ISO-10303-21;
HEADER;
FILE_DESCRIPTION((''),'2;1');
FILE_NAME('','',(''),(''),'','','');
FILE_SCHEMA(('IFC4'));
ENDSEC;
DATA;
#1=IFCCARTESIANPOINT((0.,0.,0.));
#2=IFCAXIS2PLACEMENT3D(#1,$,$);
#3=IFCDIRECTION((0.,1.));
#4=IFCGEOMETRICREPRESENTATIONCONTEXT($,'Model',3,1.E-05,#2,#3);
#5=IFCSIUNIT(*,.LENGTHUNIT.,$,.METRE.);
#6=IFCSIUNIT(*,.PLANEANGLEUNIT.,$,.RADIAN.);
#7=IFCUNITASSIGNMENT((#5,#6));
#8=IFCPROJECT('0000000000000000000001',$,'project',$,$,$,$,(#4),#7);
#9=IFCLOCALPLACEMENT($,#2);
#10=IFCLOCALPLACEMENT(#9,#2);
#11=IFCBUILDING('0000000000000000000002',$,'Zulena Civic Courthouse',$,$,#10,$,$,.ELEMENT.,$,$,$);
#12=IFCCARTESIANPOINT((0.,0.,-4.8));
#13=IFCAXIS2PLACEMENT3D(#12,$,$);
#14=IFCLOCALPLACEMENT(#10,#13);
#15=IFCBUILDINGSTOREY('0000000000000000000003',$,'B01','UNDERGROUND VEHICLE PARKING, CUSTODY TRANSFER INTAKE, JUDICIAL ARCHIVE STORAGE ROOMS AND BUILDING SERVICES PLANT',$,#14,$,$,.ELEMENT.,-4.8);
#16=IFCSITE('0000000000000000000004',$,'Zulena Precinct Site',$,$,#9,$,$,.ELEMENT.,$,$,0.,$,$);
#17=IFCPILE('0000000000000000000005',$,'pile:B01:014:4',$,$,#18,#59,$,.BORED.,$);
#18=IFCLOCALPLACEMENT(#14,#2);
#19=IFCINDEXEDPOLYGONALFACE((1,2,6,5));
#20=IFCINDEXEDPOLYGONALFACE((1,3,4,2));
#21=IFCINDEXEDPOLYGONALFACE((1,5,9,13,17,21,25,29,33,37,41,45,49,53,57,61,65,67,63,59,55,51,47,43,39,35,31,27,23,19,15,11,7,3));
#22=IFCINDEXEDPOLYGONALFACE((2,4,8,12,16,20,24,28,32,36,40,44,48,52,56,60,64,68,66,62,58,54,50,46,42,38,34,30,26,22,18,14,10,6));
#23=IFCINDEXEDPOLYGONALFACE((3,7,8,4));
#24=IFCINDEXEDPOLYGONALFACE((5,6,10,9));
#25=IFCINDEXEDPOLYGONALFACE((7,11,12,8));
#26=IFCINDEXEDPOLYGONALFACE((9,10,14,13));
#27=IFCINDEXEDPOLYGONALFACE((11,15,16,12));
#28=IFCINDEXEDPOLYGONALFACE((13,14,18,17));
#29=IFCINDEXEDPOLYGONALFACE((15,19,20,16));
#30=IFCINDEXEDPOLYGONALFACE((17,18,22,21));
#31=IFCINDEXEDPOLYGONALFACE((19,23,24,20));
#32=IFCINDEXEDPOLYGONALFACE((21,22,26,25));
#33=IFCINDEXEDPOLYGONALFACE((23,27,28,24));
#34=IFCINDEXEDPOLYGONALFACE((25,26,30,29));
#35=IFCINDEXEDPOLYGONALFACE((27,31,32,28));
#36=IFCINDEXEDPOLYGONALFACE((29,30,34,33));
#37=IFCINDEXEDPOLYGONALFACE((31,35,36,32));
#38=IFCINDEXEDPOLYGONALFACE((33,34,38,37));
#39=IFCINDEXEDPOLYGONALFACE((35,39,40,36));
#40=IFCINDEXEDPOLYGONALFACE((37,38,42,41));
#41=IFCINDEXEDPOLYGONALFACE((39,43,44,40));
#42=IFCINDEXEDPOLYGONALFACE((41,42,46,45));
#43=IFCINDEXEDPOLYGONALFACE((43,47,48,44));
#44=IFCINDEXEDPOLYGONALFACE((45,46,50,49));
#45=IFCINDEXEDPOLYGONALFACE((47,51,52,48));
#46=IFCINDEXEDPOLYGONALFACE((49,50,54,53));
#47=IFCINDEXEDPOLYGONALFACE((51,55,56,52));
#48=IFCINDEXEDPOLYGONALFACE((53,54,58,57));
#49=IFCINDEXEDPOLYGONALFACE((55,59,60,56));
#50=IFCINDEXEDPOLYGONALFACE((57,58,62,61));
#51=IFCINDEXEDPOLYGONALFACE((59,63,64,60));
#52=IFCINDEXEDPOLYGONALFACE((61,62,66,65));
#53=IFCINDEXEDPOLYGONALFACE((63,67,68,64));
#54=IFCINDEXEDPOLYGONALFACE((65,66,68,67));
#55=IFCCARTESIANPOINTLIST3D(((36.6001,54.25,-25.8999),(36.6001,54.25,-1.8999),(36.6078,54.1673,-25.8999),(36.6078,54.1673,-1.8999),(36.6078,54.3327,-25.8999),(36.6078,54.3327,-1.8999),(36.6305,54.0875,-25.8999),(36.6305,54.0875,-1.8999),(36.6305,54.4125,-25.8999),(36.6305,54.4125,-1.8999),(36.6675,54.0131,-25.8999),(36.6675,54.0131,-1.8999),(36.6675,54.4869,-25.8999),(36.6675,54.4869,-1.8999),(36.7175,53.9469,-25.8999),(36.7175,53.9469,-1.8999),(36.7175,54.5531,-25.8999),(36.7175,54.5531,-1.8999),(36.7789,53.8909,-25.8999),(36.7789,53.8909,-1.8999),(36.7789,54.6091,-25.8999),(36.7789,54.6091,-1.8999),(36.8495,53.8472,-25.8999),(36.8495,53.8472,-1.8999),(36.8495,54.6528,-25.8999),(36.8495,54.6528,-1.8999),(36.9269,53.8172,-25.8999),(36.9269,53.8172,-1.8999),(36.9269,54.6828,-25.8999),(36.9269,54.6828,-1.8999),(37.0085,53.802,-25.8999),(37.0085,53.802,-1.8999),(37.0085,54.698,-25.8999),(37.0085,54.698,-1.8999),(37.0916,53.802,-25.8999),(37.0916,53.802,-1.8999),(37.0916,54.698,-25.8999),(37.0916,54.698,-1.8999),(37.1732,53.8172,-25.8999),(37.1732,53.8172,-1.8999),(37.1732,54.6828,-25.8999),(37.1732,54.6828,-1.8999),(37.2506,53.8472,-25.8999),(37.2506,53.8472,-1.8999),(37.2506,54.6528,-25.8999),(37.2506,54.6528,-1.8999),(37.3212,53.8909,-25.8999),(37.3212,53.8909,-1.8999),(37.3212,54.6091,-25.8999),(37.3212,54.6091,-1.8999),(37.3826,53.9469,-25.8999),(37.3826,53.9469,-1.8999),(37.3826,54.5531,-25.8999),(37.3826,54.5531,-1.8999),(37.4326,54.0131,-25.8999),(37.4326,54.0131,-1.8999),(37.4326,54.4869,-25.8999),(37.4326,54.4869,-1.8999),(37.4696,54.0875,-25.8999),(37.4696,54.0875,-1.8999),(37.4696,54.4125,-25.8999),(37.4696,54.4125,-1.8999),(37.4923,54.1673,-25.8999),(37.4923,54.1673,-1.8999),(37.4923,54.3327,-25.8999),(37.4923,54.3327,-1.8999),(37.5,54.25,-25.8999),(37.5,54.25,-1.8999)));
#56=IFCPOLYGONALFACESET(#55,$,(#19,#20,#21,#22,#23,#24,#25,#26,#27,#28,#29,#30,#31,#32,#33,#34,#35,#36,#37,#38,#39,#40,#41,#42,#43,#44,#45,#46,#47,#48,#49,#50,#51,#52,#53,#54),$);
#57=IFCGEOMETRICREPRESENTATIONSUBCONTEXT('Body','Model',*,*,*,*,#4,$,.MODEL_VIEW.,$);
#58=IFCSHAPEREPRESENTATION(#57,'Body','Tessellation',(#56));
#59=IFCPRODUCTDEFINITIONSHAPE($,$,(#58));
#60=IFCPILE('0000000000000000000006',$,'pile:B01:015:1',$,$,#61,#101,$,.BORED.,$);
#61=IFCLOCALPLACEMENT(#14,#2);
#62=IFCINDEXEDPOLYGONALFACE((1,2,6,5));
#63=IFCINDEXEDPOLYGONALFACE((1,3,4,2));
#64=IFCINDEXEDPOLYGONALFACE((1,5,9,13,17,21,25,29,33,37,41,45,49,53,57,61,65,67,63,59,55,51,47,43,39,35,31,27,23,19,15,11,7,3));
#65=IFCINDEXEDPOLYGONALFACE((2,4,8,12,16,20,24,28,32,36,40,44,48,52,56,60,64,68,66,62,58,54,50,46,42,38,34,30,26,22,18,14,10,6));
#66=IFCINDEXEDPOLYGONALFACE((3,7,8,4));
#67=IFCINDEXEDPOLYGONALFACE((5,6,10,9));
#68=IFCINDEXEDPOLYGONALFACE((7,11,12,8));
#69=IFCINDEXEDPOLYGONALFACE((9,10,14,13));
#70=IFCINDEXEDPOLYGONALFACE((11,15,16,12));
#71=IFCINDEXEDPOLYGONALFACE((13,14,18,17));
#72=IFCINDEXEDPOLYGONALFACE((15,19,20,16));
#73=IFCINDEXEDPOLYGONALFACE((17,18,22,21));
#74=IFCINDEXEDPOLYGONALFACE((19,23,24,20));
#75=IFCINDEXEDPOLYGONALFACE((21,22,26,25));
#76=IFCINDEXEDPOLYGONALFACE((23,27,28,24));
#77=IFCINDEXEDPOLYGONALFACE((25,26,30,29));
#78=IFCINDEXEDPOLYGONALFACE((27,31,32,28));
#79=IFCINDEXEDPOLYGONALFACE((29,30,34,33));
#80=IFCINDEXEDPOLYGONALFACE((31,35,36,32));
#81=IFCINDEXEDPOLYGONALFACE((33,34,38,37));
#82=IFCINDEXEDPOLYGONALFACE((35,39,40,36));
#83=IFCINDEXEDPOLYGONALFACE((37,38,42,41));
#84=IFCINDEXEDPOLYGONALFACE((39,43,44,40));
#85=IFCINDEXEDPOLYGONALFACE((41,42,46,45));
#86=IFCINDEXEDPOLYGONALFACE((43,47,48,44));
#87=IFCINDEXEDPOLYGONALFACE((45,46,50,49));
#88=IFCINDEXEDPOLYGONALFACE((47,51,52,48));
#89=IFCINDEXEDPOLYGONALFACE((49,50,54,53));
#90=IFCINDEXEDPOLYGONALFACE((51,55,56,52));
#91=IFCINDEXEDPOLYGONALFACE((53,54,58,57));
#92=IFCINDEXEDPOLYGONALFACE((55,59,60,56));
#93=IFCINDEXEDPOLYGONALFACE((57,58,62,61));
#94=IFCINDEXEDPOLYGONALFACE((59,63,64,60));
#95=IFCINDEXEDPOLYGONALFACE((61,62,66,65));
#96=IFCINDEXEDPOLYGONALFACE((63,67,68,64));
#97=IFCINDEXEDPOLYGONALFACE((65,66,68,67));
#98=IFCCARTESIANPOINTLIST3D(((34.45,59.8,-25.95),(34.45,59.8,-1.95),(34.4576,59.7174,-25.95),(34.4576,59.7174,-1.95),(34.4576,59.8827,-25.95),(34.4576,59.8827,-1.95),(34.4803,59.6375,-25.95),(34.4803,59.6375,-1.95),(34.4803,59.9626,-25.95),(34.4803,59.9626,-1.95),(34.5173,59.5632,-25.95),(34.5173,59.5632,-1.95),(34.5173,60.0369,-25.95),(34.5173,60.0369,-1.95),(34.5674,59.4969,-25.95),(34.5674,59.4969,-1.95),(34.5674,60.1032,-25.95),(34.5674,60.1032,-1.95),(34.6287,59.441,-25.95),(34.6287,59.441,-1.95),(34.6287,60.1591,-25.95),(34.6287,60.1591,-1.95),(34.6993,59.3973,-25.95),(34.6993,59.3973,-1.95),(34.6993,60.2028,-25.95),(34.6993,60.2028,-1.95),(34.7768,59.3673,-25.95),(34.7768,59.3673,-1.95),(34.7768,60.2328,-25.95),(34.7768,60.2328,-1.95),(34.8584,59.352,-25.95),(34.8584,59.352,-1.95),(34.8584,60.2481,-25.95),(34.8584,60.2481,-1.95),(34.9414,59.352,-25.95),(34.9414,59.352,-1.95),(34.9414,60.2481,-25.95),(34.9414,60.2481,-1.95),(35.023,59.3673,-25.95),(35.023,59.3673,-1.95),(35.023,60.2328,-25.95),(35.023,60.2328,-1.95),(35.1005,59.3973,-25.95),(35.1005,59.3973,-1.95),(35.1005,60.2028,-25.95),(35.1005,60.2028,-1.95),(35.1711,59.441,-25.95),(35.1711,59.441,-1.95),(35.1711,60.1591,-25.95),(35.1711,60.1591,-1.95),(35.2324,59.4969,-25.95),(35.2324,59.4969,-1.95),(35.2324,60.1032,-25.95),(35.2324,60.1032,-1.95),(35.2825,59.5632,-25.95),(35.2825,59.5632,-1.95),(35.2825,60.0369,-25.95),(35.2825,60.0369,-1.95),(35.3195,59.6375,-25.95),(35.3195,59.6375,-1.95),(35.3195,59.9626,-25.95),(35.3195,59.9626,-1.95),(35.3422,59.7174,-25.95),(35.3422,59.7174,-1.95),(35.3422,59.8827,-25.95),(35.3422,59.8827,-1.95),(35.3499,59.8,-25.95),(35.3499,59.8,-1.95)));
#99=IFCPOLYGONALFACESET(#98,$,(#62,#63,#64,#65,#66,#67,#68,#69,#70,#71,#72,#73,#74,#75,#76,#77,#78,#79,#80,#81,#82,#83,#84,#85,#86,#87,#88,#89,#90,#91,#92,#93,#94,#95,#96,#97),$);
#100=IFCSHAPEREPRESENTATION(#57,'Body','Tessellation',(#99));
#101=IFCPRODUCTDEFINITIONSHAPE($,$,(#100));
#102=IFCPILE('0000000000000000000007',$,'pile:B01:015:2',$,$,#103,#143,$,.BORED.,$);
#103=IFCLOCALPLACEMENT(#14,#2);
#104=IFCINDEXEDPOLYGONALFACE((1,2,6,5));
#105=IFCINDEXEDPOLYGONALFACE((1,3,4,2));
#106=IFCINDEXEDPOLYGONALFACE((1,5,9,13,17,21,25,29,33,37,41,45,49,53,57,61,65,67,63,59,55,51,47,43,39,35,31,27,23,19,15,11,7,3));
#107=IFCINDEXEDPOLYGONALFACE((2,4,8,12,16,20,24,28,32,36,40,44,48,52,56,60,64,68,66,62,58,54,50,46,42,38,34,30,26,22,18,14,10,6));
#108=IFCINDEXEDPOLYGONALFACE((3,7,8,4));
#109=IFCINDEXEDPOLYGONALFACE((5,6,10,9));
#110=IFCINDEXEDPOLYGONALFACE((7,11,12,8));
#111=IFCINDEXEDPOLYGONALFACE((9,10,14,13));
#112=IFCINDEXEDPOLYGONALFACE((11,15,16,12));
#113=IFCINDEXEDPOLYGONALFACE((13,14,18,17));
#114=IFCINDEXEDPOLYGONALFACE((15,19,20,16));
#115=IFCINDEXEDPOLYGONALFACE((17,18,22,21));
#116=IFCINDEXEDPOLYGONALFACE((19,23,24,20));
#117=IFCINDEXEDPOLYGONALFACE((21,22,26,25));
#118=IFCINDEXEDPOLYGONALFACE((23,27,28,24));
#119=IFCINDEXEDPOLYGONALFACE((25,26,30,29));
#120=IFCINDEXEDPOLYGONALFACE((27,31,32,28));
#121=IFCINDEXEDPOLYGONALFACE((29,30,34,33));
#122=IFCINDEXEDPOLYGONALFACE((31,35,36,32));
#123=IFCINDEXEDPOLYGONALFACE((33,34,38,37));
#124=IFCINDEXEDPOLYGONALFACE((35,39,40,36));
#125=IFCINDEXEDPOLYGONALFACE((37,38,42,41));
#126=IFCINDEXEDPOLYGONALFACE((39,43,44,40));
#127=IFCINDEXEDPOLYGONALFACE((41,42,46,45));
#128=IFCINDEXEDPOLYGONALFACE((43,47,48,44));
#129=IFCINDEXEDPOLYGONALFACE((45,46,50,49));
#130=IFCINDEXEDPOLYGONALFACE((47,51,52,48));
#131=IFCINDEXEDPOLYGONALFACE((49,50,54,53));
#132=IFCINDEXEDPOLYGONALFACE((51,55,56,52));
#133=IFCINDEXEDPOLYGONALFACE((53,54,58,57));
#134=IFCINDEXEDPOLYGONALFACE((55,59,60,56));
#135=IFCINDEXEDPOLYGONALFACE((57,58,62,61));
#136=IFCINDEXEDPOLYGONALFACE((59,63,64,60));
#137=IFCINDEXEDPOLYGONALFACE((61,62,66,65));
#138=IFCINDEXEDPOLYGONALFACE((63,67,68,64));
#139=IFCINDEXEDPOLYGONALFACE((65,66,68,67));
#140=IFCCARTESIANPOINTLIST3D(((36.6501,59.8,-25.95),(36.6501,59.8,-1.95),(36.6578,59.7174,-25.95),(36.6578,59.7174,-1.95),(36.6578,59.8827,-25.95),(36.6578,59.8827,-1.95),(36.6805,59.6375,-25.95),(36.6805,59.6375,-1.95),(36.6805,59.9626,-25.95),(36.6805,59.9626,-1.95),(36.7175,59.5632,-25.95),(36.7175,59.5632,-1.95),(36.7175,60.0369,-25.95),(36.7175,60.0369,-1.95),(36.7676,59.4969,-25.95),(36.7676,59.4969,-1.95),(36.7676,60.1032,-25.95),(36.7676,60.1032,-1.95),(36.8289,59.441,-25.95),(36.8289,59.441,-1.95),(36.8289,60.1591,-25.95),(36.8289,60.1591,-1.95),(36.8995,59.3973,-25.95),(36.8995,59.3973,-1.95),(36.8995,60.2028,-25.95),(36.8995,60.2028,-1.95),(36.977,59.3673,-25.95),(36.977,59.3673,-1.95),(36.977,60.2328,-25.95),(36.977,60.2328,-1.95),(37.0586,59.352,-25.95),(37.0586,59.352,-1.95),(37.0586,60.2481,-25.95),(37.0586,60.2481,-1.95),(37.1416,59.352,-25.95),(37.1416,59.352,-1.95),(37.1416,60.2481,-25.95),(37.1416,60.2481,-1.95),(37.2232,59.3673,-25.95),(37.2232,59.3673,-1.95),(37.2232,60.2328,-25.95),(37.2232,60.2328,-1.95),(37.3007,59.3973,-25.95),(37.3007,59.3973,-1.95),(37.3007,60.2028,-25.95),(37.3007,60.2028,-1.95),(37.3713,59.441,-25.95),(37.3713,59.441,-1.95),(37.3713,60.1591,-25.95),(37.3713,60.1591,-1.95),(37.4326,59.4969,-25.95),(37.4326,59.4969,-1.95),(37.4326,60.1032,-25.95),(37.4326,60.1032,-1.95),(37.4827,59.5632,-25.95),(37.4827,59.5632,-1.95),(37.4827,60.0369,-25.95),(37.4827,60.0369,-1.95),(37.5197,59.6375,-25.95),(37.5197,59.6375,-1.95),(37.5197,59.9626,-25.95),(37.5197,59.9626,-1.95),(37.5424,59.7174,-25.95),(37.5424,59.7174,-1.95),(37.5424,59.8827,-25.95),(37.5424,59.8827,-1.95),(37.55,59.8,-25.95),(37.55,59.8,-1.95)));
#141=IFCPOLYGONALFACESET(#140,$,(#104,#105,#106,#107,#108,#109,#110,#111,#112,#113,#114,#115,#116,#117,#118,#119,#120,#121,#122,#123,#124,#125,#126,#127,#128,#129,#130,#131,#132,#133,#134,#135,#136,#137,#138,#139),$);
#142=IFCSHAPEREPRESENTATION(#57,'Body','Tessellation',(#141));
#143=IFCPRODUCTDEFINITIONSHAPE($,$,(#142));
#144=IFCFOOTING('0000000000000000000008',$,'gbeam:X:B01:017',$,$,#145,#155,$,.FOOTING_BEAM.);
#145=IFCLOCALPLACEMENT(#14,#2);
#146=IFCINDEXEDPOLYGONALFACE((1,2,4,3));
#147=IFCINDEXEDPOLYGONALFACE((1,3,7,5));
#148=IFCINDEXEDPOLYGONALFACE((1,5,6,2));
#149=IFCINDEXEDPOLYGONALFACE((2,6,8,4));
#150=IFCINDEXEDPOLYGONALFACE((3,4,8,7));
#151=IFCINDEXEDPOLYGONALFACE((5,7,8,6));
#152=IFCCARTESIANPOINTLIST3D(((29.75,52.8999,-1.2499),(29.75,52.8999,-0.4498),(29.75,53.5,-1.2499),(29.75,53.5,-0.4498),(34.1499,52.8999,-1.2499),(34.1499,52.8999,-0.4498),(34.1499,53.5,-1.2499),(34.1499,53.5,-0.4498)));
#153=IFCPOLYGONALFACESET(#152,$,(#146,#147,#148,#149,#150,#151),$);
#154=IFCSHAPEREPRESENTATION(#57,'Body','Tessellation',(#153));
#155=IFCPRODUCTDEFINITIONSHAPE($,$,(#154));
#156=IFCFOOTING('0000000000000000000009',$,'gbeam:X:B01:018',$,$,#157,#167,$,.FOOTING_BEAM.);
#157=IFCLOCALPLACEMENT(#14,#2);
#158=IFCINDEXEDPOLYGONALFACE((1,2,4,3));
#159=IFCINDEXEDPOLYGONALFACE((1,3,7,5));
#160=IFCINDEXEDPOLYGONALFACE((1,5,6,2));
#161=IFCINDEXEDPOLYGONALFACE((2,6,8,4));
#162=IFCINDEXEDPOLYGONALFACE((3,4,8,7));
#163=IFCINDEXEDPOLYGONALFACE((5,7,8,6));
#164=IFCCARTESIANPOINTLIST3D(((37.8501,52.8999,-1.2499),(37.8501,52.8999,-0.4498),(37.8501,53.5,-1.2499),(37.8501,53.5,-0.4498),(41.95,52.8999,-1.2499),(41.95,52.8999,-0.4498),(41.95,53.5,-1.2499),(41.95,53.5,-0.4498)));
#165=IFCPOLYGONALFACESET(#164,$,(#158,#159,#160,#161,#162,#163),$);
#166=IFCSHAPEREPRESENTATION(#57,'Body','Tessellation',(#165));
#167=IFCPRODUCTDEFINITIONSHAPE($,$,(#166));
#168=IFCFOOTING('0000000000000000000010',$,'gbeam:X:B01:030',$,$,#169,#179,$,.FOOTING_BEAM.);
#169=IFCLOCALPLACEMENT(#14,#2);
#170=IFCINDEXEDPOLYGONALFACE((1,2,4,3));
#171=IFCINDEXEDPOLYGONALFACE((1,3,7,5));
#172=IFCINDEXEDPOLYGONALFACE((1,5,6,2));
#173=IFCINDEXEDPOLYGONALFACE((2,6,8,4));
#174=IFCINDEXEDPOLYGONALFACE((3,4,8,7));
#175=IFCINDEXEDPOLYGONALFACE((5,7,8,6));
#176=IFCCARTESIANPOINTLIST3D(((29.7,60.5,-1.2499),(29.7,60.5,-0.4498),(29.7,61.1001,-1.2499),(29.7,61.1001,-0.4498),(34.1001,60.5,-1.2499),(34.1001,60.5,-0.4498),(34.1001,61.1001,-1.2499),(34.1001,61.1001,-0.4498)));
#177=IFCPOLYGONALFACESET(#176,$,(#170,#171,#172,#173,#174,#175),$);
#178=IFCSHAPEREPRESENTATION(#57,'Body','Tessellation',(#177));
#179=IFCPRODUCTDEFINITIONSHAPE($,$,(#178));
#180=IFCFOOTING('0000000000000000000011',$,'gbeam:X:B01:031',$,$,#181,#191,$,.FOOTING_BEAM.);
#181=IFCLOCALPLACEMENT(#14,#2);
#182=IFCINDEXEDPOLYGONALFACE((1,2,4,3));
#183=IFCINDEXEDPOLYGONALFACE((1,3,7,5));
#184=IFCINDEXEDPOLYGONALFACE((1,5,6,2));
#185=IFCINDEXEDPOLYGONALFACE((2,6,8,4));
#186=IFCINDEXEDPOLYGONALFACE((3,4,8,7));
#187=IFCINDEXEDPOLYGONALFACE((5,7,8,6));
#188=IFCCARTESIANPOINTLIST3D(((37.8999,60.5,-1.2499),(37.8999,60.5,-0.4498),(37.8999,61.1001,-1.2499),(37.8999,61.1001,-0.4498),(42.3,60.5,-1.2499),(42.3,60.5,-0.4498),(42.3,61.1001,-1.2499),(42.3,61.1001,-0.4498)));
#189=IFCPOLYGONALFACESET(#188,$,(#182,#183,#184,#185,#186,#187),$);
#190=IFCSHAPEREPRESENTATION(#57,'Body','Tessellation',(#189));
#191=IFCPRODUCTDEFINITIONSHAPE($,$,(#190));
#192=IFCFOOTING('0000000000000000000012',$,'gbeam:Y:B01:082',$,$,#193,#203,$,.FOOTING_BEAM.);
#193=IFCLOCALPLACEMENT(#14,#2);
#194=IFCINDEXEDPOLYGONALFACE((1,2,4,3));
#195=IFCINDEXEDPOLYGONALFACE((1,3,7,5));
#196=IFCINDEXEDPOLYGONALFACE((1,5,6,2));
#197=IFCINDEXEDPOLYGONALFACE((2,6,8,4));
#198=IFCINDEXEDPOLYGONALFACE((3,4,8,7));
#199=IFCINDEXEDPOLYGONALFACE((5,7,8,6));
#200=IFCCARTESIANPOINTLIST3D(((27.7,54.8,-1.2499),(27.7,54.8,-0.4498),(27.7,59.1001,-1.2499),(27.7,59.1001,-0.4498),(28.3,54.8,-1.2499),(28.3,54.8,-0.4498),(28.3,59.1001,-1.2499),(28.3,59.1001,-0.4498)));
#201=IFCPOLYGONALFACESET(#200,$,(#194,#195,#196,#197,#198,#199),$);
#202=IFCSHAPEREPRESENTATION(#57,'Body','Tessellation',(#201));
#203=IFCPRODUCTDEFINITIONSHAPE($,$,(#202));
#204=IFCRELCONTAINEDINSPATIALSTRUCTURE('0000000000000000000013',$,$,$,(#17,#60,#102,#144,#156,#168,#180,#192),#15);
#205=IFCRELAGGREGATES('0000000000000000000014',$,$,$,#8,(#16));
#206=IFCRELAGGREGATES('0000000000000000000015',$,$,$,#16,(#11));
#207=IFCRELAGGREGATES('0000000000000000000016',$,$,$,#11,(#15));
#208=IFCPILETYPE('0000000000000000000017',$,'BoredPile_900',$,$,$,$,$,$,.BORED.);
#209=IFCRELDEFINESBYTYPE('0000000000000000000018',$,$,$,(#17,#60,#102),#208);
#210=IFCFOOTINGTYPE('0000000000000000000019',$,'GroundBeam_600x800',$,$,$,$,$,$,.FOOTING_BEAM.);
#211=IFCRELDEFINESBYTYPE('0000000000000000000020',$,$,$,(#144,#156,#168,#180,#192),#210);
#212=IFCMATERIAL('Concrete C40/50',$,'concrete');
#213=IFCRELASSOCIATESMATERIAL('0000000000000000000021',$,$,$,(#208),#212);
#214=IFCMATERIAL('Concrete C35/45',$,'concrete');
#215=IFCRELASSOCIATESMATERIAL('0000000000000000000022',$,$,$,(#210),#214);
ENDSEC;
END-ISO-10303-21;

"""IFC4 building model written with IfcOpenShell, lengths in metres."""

from ifc_helpers import new_model, si_unit, direction, frame, origin, origin_2d, place, context, subcontext, project, spatial, rectangle, circle, extrude, material, material_profile, profile_set, type_object, element, save


model = new_model("IFC4")

# Units and contexts
model_context = context("Model", 3, precision=1e-05, world=origin(), true_north=direction((0.0, 1.0)))
body_context = subcontext(model_context, "Body", "Model", "MODEL_VIEW")
ifc_project = project(units=[si_unit("LENGTHUNIT", "METRE"), si_unit("PLANEANGLEUNIT", "RADIAN")], contexts=[model_context])

# Site, building, storey
site_placement = place(None, origin())
site = spatial("IfcSite", under=ifc_project, at=site_placement, Name="Zulena Precinct Site", CompositionType="ELEMENT", RefElevation=0.0)
building_placement = place(site_placement, origin())
building = spatial("IfcBuilding", under=site, at=building_placement, Name="Zulena Civic Courthouse", CompositionType="ELEMENT")
storey_placement = place(building_placement, frame((0.0, 0.0, -4.8)))
storey = spatial("IfcBuildingStorey", under=building, at=storey_placement, Name="B01", Description="UNDERGROUND VEHICLE PARKING, CUSTODY TRANSFER INTAKE, JUDICIAL ARCHIVE STORAGE ROOMS AND BUILDING SERVICES PLANT", CompositionType="ELEMENT", Elevation=-4.8)

# Piles
ifc_material_1 = material(Name="Concrete C40/50", Category="concrete")
ifc_material_profile_1 = material_profile(ifc_material_1, circle(Radius=0.45, at=origin_2d()), Name="PILE900")
ifc_profile_set_1 = profile_set([ifc_material_profile_1], Name="Concrete C40/50")
pile_type = type_object("IfcPileType", Name="BoredPile_900", PredefinedType="BORED", material=ifc_profile_set_1)
for number, where, z_axis, x_axis, name in (
    (1, (37.05, 54.25, -1.8999), (0.0, 0.0, -1.0), (1.0, 0.0, 0.0), "pile:B01:014:4"),
    (2, (34.8999, 59.8, -1.95), (0.0, 0.0, -1.0), (1.0, 0.0, 0.0), "pile:B01:015:1"),
    (3, (37.1001, 59.8, -1.95), (0.0, 0.0, -1.0), (1.0, 0.0, 0.0), "pile:B01:015:2"),
):
    element("IfcPile", number, at=place(storey_placement, frame(where, z_axis=z_axis, x_axis=x_axis)), inside=storey, type_object=pile_type, Name=name, PredefinedType="BORED", context=body_context, shape_type="SweptSolid", body=[
        extrude(circle(Radius=0.45, at=origin_2d()), origin(), (0.0, 0.0, 1.0), 24.0),
    ])

# Footings
ifc_material_2 = material(Name="Concrete C35/45", Category="concrete")
ifc_material_profile_2 = material_profile(ifc_material_2, rectangle(XDim=0.6001, YDim=0.8, at=origin_2d()), Name="RC600X800")
ifc_profile_set_2 = profile_set([ifc_material_profile_2], Name="Concrete C35/45")
footing_type_1 = type_object("IfcFootingType", Name="GroundBeam_600x800", PredefinedType="FOOTING_BEAM", material=ifc_profile_set_2)
footing_1_placement = place(storey_placement, frame((29.75, 53.2, -0.8499), z_axis=(1.0, 0.0, 0.0), x_axis=(0.0, 1.0, 0.0)))
element("IfcFooting", 4, at=footing_1_placement, inside=storey, type_object=footing_type_1, Name="gbeam:X:B01:017", PredefinedType="FOOTING_BEAM", context=body_context, shape_type="SweptSolid", body=[
    extrude(rectangle(XDim=0.6001, YDim=0.8, at=origin_2d()), origin(), (0.0, 0.0, 1.0), 4.3999),
])
footing_2_placement = place(storey_placement, frame((37.8501, 53.2, -0.8499), z_axis=(1.0, 0.0, 0.0), x_axis=(0.0, 1.0, 0.0)))
element("IfcFooting", 5, at=footing_2_placement, inside=storey, type_object=footing_type_1, Name="gbeam:X:B01:018", PredefinedType="FOOTING_BEAM", context=body_context, shape_type="SweptSolid", body=[
    extrude(rectangle(XDim=0.6001, YDim=0.8, at=origin_2d()), origin(), (0.0, 0.0, 1.0), 4.0999),
])
for number, where, z_axis, x_axis, name in (
    (6, (29.7, 60.8, -0.8499), (1.0, 0.0, 0.0), (0.0, 1.0, 0.0), "gbeam:X:B01:030"),
    (7, (37.8999, 60.8, -0.8499), (1.0, 0.0, 0.0), (0.0, 1.0, 0.0), "gbeam:X:B01:031"),
):
    element("IfcFooting", number, at=place(storey_placement, frame(where, z_axis=z_axis, x_axis=x_axis)), inside=storey, type_object=footing_type_1, Name=name, PredefinedType="FOOTING_BEAM", context=body_context, shape_type="SweptSolid", body=[
        extrude(rectangle(XDim=0.6001, YDim=0.8, at=origin_2d()), origin(), (0.0, 0.0, 1.0), 4.4001),
    ])
footing_3_placement = place(storey_placement, frame((28.0, 54.8, -0.8499), z_axis=(0.0, 1.0, 0.0), x_axis=(-1.0, 0.0, 0.0)))
element("IfcFooting", 8, at=footing_3_placement, inside=storey, type_object=footing_type_1, Name="gbeam:Y:B01:082", PredefinedType="FOOTING_BEAM", context=body_context, shape_type="SweptSolid", body=[
    extrude(rectangle(XDim=0.6001, YDim=0.8, at=origin_2d()), origin(), (0.0, 0.0, 1.0), 4.3),
])

save(model, "model.ifc")
